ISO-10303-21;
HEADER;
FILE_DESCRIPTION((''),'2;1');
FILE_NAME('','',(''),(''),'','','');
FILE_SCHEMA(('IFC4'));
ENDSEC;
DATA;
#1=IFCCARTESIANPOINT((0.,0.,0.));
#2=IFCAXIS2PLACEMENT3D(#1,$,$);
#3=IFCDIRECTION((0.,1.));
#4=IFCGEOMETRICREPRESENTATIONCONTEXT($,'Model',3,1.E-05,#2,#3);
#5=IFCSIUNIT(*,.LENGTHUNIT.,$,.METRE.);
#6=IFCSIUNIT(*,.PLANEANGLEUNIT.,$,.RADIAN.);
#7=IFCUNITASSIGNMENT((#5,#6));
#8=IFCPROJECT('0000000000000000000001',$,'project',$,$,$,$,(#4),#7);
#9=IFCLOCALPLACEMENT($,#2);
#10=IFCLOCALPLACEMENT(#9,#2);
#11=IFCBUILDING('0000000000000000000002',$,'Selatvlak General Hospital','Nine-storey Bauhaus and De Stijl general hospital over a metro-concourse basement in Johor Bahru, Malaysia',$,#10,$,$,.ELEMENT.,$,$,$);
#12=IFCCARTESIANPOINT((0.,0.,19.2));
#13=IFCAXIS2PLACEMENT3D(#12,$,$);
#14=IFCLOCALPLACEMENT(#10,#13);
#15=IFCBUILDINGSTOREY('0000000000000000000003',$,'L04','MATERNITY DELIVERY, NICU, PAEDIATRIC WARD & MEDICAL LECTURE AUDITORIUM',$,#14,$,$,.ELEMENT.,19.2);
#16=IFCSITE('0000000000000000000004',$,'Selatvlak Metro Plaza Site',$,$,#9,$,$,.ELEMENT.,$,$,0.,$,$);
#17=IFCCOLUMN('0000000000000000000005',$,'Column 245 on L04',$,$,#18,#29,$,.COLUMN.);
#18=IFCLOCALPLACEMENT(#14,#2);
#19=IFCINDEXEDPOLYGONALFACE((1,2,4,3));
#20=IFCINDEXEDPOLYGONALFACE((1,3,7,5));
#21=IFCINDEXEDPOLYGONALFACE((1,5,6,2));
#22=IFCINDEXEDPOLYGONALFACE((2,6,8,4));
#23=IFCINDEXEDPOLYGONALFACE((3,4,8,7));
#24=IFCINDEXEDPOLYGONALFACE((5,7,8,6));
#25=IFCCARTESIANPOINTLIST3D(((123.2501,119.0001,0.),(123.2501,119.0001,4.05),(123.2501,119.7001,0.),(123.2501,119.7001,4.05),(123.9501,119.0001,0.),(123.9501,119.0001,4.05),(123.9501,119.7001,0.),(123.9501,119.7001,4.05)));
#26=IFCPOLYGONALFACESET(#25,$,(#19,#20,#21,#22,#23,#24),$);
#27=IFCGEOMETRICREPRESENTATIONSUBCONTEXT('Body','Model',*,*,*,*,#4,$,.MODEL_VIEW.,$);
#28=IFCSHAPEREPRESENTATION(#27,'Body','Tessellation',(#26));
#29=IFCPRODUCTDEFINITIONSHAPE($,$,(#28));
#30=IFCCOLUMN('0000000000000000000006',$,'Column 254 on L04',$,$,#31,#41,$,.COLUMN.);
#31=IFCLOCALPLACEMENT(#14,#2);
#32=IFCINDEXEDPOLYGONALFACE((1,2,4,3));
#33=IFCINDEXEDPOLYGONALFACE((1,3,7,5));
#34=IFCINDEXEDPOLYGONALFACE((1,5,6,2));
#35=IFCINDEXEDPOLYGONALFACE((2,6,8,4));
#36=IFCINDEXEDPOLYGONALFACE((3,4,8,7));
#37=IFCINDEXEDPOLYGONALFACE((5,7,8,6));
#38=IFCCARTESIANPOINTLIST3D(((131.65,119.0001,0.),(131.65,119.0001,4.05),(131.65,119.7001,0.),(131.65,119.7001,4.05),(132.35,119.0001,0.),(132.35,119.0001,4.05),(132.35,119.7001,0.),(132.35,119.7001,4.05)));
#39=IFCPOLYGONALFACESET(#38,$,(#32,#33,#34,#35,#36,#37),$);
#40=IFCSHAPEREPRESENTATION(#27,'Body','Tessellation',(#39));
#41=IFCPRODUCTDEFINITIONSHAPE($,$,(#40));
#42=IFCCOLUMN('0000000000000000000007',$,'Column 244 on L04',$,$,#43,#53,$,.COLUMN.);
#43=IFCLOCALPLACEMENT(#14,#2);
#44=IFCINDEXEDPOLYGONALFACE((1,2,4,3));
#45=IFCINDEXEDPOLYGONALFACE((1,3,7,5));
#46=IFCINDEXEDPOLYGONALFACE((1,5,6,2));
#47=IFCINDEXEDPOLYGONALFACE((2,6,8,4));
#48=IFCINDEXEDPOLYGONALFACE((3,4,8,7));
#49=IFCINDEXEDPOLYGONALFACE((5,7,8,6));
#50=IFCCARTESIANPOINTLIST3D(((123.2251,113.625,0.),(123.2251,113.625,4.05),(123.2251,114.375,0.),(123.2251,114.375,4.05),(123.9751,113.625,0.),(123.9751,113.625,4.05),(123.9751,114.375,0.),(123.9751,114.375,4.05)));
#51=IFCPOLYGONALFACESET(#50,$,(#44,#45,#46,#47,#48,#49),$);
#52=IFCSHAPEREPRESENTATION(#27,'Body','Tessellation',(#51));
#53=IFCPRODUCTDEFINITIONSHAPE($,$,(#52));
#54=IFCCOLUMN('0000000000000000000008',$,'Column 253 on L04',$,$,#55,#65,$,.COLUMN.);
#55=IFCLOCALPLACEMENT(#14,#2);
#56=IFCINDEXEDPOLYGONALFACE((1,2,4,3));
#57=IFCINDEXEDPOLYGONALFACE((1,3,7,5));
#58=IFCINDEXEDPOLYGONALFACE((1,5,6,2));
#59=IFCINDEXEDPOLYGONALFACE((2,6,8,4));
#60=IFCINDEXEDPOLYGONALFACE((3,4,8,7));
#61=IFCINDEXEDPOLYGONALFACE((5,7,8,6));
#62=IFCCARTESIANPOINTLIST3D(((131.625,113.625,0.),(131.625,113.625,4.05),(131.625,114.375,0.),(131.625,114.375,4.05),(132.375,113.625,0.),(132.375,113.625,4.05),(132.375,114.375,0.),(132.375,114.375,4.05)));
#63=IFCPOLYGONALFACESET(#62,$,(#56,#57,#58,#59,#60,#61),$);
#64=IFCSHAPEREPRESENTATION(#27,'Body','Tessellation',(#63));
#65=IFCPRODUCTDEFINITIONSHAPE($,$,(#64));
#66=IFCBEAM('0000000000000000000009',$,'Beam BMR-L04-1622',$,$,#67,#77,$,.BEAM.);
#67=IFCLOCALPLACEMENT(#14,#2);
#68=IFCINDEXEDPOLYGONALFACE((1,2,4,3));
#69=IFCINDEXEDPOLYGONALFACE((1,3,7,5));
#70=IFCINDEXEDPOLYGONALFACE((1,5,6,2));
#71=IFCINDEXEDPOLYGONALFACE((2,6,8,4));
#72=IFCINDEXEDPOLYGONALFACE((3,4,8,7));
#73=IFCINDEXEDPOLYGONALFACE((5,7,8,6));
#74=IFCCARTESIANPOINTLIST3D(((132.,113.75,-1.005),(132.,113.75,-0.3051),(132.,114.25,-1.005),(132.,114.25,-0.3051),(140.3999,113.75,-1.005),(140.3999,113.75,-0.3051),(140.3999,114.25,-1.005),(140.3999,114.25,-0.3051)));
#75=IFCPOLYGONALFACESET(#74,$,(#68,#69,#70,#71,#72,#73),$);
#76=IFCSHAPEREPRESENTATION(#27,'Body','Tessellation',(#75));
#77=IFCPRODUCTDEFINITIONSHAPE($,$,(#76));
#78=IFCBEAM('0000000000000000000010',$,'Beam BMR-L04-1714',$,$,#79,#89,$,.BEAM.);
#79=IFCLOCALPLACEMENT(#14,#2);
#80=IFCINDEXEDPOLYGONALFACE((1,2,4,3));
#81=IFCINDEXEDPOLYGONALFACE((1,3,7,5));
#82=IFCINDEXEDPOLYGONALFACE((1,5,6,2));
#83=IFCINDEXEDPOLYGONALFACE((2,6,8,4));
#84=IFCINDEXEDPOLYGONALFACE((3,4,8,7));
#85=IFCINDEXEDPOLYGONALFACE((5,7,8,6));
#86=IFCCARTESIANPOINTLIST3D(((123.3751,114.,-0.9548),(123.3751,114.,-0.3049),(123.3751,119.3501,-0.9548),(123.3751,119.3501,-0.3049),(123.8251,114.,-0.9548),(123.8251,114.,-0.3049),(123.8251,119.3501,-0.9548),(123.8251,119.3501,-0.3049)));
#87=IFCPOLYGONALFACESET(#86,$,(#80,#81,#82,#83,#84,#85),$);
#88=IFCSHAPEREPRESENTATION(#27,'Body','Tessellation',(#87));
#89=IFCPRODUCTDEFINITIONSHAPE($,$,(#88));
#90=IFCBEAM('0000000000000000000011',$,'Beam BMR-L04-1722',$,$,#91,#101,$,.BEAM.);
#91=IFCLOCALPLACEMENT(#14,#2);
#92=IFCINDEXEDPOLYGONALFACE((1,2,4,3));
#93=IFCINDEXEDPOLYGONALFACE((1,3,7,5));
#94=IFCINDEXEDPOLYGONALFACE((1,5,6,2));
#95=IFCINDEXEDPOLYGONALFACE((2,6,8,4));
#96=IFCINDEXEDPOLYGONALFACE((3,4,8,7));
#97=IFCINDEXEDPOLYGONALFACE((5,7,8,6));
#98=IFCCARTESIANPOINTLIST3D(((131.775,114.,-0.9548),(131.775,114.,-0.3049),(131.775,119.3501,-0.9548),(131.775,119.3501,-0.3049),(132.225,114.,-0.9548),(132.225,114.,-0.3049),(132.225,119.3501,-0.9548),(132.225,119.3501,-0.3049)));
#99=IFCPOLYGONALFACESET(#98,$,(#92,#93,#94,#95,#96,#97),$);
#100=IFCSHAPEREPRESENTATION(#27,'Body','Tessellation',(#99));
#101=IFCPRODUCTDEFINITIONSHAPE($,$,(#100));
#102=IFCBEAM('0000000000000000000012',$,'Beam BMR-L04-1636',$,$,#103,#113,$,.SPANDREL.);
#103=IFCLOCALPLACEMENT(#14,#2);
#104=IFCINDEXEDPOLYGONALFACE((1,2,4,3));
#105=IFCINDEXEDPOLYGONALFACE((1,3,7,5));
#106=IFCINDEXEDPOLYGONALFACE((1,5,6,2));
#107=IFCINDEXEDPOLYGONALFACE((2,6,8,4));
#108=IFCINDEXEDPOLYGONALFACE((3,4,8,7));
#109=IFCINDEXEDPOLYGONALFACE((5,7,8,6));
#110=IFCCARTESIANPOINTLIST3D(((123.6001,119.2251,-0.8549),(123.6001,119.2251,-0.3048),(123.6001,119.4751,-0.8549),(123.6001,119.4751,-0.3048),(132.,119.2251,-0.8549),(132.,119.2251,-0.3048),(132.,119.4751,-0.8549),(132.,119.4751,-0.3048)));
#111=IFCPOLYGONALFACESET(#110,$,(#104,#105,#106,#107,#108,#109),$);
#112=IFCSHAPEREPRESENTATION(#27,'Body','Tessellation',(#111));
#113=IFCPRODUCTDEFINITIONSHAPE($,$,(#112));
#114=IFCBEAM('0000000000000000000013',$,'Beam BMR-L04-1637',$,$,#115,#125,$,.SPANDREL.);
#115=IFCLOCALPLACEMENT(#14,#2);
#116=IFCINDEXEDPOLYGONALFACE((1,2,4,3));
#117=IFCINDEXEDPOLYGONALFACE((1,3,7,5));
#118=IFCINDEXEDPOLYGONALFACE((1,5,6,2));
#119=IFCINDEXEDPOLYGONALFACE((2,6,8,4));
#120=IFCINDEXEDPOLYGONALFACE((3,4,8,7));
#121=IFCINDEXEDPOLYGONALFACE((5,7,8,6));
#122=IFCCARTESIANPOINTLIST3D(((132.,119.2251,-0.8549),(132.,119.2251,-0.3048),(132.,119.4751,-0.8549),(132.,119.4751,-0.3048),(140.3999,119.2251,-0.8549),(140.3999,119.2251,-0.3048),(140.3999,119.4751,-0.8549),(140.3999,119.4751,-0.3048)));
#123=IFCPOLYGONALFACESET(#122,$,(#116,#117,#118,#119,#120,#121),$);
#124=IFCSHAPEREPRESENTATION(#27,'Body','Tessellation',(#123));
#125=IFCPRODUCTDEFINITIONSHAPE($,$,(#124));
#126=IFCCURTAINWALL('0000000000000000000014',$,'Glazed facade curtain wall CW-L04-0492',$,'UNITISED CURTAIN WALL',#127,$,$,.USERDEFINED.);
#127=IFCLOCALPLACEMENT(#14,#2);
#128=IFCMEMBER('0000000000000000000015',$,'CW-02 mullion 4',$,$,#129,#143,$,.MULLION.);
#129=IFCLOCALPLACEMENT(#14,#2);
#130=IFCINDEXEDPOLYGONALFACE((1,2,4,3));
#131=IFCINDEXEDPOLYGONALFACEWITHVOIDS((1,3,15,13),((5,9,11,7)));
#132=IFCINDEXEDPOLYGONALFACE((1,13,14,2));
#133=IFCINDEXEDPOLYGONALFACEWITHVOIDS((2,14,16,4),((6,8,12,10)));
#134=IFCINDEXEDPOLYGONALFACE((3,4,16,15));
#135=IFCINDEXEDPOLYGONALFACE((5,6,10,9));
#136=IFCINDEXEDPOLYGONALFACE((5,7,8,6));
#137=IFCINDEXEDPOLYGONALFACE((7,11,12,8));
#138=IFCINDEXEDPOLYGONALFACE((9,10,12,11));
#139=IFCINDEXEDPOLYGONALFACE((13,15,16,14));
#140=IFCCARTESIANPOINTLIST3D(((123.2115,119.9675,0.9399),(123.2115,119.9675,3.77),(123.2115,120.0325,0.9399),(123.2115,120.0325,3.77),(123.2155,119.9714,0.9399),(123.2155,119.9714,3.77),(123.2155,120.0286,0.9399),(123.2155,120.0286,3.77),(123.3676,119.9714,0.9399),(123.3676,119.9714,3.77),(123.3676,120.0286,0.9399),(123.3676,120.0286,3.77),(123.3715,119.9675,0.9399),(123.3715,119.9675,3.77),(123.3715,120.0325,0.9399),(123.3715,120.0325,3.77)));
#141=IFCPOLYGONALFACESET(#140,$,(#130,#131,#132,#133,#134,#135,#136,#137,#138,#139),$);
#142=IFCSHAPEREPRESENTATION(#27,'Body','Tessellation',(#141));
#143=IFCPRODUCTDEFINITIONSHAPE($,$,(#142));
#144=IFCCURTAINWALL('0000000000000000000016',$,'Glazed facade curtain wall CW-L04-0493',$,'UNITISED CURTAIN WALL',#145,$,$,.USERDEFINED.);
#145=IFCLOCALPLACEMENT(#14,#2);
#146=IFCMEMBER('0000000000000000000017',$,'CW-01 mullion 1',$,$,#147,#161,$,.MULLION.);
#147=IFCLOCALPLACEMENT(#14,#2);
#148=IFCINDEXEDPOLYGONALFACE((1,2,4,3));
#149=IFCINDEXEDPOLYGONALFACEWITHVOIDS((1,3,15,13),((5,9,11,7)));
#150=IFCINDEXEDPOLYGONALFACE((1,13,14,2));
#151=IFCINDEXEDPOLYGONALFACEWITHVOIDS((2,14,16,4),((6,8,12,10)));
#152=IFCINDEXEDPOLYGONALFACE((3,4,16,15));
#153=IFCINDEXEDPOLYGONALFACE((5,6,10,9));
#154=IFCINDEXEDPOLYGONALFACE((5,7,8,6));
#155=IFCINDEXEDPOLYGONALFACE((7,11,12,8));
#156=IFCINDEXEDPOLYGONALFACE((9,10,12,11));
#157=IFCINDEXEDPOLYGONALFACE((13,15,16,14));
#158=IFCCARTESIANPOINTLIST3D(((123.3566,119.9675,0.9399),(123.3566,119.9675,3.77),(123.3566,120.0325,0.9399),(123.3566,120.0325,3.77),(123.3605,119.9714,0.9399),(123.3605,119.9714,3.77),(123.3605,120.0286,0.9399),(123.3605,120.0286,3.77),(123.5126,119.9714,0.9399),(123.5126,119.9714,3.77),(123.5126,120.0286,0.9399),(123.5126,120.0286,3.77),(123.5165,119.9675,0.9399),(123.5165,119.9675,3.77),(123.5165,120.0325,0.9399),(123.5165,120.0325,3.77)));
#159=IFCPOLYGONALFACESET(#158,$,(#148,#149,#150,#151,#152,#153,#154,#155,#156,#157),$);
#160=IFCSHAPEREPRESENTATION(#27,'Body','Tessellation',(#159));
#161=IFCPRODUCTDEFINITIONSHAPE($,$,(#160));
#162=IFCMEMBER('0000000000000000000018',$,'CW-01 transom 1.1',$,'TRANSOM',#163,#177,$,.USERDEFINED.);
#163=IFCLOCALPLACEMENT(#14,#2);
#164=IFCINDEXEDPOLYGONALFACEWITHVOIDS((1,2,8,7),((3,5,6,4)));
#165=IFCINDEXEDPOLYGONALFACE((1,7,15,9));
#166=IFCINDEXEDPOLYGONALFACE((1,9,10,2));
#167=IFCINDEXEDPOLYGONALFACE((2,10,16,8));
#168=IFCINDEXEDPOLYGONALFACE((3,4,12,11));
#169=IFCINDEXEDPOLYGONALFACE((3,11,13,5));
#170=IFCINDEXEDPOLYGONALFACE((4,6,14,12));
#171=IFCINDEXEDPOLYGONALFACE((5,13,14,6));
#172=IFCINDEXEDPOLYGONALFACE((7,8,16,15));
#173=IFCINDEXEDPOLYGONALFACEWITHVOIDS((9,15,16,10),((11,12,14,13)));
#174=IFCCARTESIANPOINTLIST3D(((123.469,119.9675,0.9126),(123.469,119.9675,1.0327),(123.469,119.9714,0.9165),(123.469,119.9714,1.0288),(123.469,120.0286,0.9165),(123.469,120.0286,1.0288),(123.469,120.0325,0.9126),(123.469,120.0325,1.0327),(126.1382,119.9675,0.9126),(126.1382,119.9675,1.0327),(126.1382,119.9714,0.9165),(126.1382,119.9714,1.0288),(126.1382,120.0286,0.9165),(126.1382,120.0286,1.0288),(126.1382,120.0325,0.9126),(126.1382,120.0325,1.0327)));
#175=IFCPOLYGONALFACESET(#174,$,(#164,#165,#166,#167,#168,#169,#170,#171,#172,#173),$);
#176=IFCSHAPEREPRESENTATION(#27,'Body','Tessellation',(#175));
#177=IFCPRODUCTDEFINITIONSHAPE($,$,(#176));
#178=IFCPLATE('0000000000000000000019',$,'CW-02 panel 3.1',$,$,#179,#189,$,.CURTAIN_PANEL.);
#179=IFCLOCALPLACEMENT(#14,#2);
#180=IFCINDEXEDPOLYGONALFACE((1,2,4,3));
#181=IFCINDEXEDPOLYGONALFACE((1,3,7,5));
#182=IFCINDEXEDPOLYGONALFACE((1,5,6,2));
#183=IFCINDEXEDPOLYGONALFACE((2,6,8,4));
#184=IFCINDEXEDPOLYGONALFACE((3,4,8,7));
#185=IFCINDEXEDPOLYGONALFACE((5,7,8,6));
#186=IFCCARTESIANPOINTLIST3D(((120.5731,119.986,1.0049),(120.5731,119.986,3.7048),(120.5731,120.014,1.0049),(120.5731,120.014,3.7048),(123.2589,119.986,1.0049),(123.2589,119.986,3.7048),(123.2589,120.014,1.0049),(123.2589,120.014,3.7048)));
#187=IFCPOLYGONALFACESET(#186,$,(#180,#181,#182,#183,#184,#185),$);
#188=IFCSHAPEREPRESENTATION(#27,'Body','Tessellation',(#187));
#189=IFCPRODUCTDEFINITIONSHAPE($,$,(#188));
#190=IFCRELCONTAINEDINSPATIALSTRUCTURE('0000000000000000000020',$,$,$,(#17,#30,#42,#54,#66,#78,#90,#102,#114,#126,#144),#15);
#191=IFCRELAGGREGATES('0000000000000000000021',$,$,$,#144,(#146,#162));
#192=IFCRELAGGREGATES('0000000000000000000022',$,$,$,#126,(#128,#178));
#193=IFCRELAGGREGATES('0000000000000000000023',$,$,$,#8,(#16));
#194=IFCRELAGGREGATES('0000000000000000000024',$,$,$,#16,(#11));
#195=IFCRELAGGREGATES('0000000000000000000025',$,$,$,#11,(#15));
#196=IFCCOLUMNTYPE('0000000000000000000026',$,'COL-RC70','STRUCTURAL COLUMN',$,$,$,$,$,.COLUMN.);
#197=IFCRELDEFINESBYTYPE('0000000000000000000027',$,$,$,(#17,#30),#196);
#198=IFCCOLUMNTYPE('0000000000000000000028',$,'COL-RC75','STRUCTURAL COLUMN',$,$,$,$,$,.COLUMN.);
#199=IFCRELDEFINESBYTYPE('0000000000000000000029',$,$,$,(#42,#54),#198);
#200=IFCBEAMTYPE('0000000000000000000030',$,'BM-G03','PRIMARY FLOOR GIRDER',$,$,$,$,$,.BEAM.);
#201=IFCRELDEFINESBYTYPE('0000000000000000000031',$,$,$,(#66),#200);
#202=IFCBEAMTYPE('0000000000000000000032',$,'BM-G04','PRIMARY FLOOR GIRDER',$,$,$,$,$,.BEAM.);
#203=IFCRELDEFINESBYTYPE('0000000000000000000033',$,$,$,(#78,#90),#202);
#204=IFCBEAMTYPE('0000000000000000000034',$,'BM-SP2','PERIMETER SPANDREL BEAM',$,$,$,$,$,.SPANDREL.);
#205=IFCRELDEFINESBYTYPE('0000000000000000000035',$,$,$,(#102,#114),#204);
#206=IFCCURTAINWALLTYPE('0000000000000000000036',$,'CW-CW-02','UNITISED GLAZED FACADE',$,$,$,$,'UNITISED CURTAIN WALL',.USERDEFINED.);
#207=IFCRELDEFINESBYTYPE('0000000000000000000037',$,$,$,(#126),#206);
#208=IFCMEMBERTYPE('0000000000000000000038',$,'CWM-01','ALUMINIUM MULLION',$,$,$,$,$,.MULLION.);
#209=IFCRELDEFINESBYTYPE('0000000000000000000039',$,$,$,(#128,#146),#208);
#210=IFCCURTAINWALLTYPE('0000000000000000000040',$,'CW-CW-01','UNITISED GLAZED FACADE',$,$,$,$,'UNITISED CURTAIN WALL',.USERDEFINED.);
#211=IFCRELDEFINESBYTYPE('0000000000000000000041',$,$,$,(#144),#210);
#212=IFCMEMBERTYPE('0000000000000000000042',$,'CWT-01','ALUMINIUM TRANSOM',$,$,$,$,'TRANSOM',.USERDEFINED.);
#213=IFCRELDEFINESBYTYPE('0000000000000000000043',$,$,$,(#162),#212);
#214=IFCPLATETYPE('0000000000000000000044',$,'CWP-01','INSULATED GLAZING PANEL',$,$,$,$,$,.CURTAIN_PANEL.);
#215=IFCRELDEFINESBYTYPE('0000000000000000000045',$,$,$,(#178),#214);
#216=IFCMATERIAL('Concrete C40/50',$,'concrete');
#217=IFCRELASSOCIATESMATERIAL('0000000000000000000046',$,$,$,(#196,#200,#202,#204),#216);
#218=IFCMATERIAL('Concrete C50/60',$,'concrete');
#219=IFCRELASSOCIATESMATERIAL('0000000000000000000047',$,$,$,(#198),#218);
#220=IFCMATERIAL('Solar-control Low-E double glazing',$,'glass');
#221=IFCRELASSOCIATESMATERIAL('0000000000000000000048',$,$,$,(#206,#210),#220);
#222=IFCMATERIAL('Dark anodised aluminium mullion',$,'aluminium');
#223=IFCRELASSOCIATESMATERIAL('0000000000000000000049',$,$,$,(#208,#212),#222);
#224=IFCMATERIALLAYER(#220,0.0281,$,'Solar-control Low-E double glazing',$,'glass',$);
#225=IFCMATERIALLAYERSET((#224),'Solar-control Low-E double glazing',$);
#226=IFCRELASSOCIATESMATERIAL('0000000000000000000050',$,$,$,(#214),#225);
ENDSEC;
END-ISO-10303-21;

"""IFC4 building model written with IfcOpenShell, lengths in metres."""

from ifc_helpers import new_model, si_unit, direction, frame, origin, origin_2d, place, context, subcontext, project, spatial, rectangle, hollow_rectangle, extrude, material, layer, layer_set, material_profile, profile_set, type_object, element, aggregate, save


model = new_model("IFC4")

# Units and contexts
model_context = context("Model", 3, precision=1e-05, world=origin(), true_north=direction((0.0, 1.0)))
body_context = subcontext(model_context, "Body", "Model", "MODEL_VIEW")
ifc_project = project(units=[si_unit("LENGTHUNIT", "METRE"), si_unit("PLANEANGLEUNIT", "RADIAN")], contexts=[model_context])

# Site, building, storey
site_placement = place(None, origin())
site = spatial("IfcSite", under=ifc_project, at=site_placement, Name="Selatvlak Metro Plaza Site", CompositionType="ELEMENT", RefElevation=0.0)
building_placement = place(site_placement, origin())
building = spatial("IfcBuilding", under=site, at=building_placement, Name="Selatvlak General Hospital", Description="Nine-storey Bauhaus and De Stijl general hospital over a metro-concourse basement in Johor Bahru, Malaysia", CompositionType="ELEMENT")
storey_placement = place(building_placement, frame((0.0, 0.0, 19.2)))
storey = spatial("IfcBuildingStorey", under=building, at=storey_placement, Name="L04", Description="MATERNITY DELIVERY, NICU, PAEDIATRIC WARD & MEDICAL LECTURE AUDITORIUM", CompositionType="ELEMENT", Elevation=19.2)

# Columns
ifc_material_1 = material(Name="Concrete C40/50", Category="concrete")
ifc_material_profile_1 = material_profile(ifc_material_1, rectangle(XDim=0.7, YDim=0.7, at=origin_2d()), Name="RC-COL 700x700")
ifc_profile_set_1 = profile_set([ifc_material_profile_1], Name="Concrete C40/50")
column_type_1 = type_object("IfcColumnType", Name="COL-RC70", Description="STRUCTURAL COLUMN", PredefinedType="COLUMN", material=ifc_profile_set_1)
for number, where, z_axis, x_axis, name in (
    (1, (123.6001, 119.3501, 0.0), (0.0, 0.0, 1.0), (1.0, 0.0, 0.0), "Column 245 on L04"),
    (2, (132.0, 119.3501, 0.0), (0.0, 0.0, 1.0), (1.0, 0.0, 0.0), "Column 254 on L04"),
):
    element("IfcColumn", number, at=place(storey_placement, frame(where, z_axis=z_axis, x_axis=x_axis)), inside=storey, type_object=column_type_1, Name=name, PredefinedType="COLUMN", context=body_context, shape_type="SweptSolid", body=[
        extrude(rectangle(XDim=0.7, YDim=0.7, at=origin_2d()), origin(), (0.0, 0.0, 1.0), 4.05),
    ])
ifc_material_2 = material(Name="Concrete C50/60", Category="concrete")
ifc_material_profile_2 = material_profile(ifc_material_2, rectangle(XDim=0.75, YDim=0.75, at=origin_2d()), Name="RC-COL 750x750")
ifc_profile_set_2 = profile_set([ifc_material_profile_2], Name="Concrete C50/60")
column_type_2 = type_object("IfcColumnType", Name="COL-RC75", Description="STRUCTURAL COLUMN", PredefinedType="COLUMN", material=ifc_profile_set_2)
for number, where, z_axis, x_axis, name in (
    (3, (123.6001, 114.0, 0.0), (0.0, 0.0, 1.0), (1.0, 0.0, 0.0), "Column 244 on L04"),
    (4, (132.0, 114.0, 0.0), (0.0, 0.0, 1.0), (1.0, 0.0, 0.0), "Column 253 on L04"),
):
    element("IfcColumn", number, at=place(storey_placement, frame(where, z_axis=z_axis, x_axis=x_axis)), inside=storey, type_object=column_type_2, Name=name, PredefinedType="COLUMN", context=body_context, shape_type="SweptSolid", body=[
        extrude(rectangle(XDim=0.75, YDim=0.75, at=origin_2d()), origin(), (0.0, 0.0, 1.0), 4.05),
    ])

# Beams
ifc_material_profile_3 = material_profile(ifc_material_1, rectangle(XDim=0.5, YDim=0.7, at=origin_2d()), Name="RC-BM 500x700")
ifc_profile_set_3 = profile_set([ifc_material_profile_3], Name="Concrete C40/50")
beam_type_1 = type_object("IfcBeamType", Name="BM-G03", Description="PRIMARY FLOOR GIRDER", PredefinedType="BEAM", material=ifc_profile_set_3)
beam_placement = place(storey_placement, frame((132.0, 114.0, -0.655), z_axis=(1.0, 0.0, 0.0), x_axis=(0.0, 1.0, 0.0)))
element("IfcBeam", 5, at=beam_placement, inside=storey, type_object=beam_type_1, Name="Beam BMR-L04-1622", PredefinedType="BEAM", context=body_context, shape_type="SweptSolid", body=[
    extrude(rectangle(XDim=0.5, YDim=0.7, at=origin_2d()), origin(), (0.0, 0.0, 1.0), 8.3999),
])
ifc_material_profile_4 = material_profile(ifc_material_1, rectangle(XDim=0.45, YDim=0.6499, at=origin_2d()), Name="RC-BM 450x650")
ifc_profile_set_4 = profile_set([ifc_material_profile_4], Name="Concrete C40/50")
beam_type_2 = type_object("IfcBeamType", Name="BM-G04", Description="PRIMARY FLOOR GIRDER", PredefinedType="BEAM", material=ifc_profile_set_4)
for number, where, z_axis, x_axis, name in (
    (6, (123.6001, 114.0, -0.6299), (0.0, 1.0, 0.0), (-1.0, 0.0, 0.0), "Beam BMR-L04-1714"),
    (7, (132.0, 114.0, -0.6299), (0.0, 1.0, 0.0), (-1.0, 0.0, 0.0), "Beam BMR-L04-1722"),
):
    element("IfcBeam", number, at=place(storey_placement, frame(where, z_axis=z_axis, x_axis=x_axis)), inside=storey, type_object=beam_type_2, Name=name, PredefinedType="BEAM", context=body_context, shape_type="SweptSolid", body=[
        extrude(rectangle(XDim=0.45, YDim=0.6499, at=origin_2d()), origin(), (0.0, 0.0, 1.0), 5.3501),
    ])
ifc_material_profile_5 = material_profile(ifc_material_1, rectangle(XDim=0.25, YDim=0.55, at=origin_2d()), Name="RC-SP 250x550")
ifc_profile_set_5 = profile_set([ifc_material_profile_5], Name="Concrete C40/50")
beam_type_3 = type_object("IfcBeamType", Name="BM-SP2", Description="PERIMETER SPANDREL BEAM", PredefinedType="SPANDREL", material=ifc_profile_set_5)
for number, where, z_axis, x_axis, name in (
    (8, (123.6001, 119.3501, -0.5798), (1.0, 0.0, 0.0), (0.0, 1.0, 0.0), "Beam BMR-L04-1636"),
    (9, (132.0, 119.3501, -0.5798), (1.0, 0.0, 0.0), (0.0, 1.0, 0.0), "Beam BMR-L04-1637"),
):
    element("IfcBeam", number, at=place(storey_placement, frame(where, z_axis=z_axis, x_axis=x_axis)), inside=storey, type_object=beam_type_3, Name=name, PredefinedType="SPANDREL", context=body_context, shape_type="SweptSolid", body=[
        extrude(rectangle(XDim=0.25, YDim=0.55, at=origin_2d()), origin(), (0.0, 0.0, 1.0), 8.3999),
    ])

# Curtain wall, member
ifc_material_3 = material(Name="Solar-control Low-E double glazing", Category="glass")
curtain_wall_type_1 = type_object("IfcCurtainWallType", Name="CW-CW-02", Description="UNITISED GLAZED FACADE", ElementType="UNITISED CURTAIN WALL", PredefinedType="USERDEFINED", material=ifc_material_3)
curtain_wall_1_placement = place(storey_placement, origin())
curtain_wall_1 = element("IfcCurtainWall", 10, at=curtain_wall_1_placement, inside=storey, type_object=curtain_wall_type_1, Name="Glazed facade curtain wall CW-L04-0492", ObjectType="UNITISED CURTAIN WALL", PredefinedType="USERDEFINED")
ifc_material_4 = material(Name="Dark anodised aluminium mullion", Category="aluminium")
ifc_material_profile_6 = material_profile(ifc_material_4, hollow_rectangle(XDim=0.0649, YDim=0.1599, WallThickness=0.0039, at=origin_2d()), Name="AL-MUL 65x160x4")
ifc_profile_set_6 = profile_set([ifc_material_profile_6], Name="Dark anodised aluminium mullion")
member_type_1 = type_object("IfcMemberType", Name="CWM-01", Description="ALUMINIUM MULLION", PredefinedType="MULLION", material=ifc_profile_set_6)
member_1_placement = place(storey_placement, frame((123.2915, 120.0, 0.9399), z_axis=(0.0, 0.0, 1.0), x_axis=(0.0, 1.0, 0.0)))
member_1 = element("IfcMember", 11, at=member_1_placement, type_object=member_type_1, Name="CW-02 mullion 4", PredefinedType="MULLION", context=body_context, shape_type="SweptSolid", body=[
    extrude(hollow_rectangle(XDim=0.0649, YDim=0.1599, WallThickness=0.0039, at=origin_2d()), origin(), (0.0, 0.0, 1.0), 2.8301),
])

# Curtain wall, members
curtain_wall_type_2 = type_object("IfcCurtainWallType", Name="CW-CW-01", Description="UNITISED GLAZED FACADE", ElementType="UNITISED CURTAIN WALL", PredefinedType="USERDEFINED", material=ifc_material_3)
curtain_wall_2_placement = place(storey_placement, origin())
curtain_wall_2 = element("IfcCurtainWall", 12, at=curtain_wall_2_placement, inside=storey, type_object=curtain_wall_type_2, Name="Glazed facade curtain wall CW-L04-0493", ObjectType="UNITISED CURTAIN WALL", PredefinedType="USERDEFINED")
member_2_placement = place(storey_placement, frame((123.4365, 120.0, 0.9399), z_axis=(0.0, 0.0, 1.0), x_axis=(0.0, 1.0, 0.0)))
member_2 = element("IfcMember", 13, at=member_2_placement, type_object=member_type_1, Name="CW-01 mullion 1", PredefinedType="MULLION", context=body_context, shape_type="SweptSolid", body=[
    extrude(hollow_rectangle(XDim=0.0649, YDim=0.1599, WallThickness=0.0039, at=origin_2d()), origin(), (0.0, 0.0, 1.0), 2.8301),
])
ifc_material_profile_7 = material_profile(ifc_material_4, hollow_rectangle(XDim=0.0649, YDim=0.1201, WallThickness=0.0039, at=origin_2d()), Name="AL-TRN 65x120x4")
ifc_profile_set_7 = profile_set([ifc_material_profile_7], Name="Dark anodised aluminium mullion")
member_type_2 = type_object("IfcMemberType", Name="CWT-01", Description="ALUMINIUM TRANSOM", ElementType="TRANSOM", PredefinedType="USERDEFINED", material=ifc_profile_set_7)
member_3_placement = place(storey_placement, frame((123.469, 120.0, 0.9727), z_axis=(1.0, 0.0, 0.0), x_axis=(0.0, 1.0, 0.0)))
member_3 = element("IfcMember", 14, at=member_3_placement, type_object=member_type_2, Name="CW-01 transom 1.1", ObjectType="TRANSOM", PredefinedType="USERDEFINED", context=body_context, shape_type="SweptSolid", body=[
    extrude(hollow_rectangle(XDim=0.0649, YDim=0.1201, WallThickness=0.0039, at=origin_2d()), origin(), (0.0, 0.0, 1.0), 2.6692),
])
aggregate(curtain_wall_2, [member_2, member_3])

# Plate
ifc_layer_1 = layer(ifc_material_3, 0.0281, Name="Solar-control Low-E double glazing", Category="glass")
ifc_layer_set_1 = layer_set([ifc_layer_1], Name="Solar-control Low-E double glazing")
plate_type = type_object("IfcPlateType", Name="CWP-01", Description="INSULATED GLAZING PANEL", PredefinedType="CURTAIN_PANEL", material=ifc_layer_set_1)
plate_placement = place(storey_placement, frame((121.916, 120.0, 1.0049), z_axis=(0.0, 0.0, 1.0), x_axis=(1.0, 0.0, 0.0)))
plate = element("IfcPlate", 15, at=plate_placement, type_object=plate_type, Name="CW-02 panel 3.1", PredefinedType="CURTAIN_PANEL", context=body_context, shape_type="SweptSolid", body=[
    extrude(rectangle(XDim=2.6858, YDim=0.0281, at=origin_2d()), origin(), (0.0, 0.0, 1.0), 2.7),
])
aggregate(curtain_wall_1, [member_1, plate])

save(model, "model.ifc")
